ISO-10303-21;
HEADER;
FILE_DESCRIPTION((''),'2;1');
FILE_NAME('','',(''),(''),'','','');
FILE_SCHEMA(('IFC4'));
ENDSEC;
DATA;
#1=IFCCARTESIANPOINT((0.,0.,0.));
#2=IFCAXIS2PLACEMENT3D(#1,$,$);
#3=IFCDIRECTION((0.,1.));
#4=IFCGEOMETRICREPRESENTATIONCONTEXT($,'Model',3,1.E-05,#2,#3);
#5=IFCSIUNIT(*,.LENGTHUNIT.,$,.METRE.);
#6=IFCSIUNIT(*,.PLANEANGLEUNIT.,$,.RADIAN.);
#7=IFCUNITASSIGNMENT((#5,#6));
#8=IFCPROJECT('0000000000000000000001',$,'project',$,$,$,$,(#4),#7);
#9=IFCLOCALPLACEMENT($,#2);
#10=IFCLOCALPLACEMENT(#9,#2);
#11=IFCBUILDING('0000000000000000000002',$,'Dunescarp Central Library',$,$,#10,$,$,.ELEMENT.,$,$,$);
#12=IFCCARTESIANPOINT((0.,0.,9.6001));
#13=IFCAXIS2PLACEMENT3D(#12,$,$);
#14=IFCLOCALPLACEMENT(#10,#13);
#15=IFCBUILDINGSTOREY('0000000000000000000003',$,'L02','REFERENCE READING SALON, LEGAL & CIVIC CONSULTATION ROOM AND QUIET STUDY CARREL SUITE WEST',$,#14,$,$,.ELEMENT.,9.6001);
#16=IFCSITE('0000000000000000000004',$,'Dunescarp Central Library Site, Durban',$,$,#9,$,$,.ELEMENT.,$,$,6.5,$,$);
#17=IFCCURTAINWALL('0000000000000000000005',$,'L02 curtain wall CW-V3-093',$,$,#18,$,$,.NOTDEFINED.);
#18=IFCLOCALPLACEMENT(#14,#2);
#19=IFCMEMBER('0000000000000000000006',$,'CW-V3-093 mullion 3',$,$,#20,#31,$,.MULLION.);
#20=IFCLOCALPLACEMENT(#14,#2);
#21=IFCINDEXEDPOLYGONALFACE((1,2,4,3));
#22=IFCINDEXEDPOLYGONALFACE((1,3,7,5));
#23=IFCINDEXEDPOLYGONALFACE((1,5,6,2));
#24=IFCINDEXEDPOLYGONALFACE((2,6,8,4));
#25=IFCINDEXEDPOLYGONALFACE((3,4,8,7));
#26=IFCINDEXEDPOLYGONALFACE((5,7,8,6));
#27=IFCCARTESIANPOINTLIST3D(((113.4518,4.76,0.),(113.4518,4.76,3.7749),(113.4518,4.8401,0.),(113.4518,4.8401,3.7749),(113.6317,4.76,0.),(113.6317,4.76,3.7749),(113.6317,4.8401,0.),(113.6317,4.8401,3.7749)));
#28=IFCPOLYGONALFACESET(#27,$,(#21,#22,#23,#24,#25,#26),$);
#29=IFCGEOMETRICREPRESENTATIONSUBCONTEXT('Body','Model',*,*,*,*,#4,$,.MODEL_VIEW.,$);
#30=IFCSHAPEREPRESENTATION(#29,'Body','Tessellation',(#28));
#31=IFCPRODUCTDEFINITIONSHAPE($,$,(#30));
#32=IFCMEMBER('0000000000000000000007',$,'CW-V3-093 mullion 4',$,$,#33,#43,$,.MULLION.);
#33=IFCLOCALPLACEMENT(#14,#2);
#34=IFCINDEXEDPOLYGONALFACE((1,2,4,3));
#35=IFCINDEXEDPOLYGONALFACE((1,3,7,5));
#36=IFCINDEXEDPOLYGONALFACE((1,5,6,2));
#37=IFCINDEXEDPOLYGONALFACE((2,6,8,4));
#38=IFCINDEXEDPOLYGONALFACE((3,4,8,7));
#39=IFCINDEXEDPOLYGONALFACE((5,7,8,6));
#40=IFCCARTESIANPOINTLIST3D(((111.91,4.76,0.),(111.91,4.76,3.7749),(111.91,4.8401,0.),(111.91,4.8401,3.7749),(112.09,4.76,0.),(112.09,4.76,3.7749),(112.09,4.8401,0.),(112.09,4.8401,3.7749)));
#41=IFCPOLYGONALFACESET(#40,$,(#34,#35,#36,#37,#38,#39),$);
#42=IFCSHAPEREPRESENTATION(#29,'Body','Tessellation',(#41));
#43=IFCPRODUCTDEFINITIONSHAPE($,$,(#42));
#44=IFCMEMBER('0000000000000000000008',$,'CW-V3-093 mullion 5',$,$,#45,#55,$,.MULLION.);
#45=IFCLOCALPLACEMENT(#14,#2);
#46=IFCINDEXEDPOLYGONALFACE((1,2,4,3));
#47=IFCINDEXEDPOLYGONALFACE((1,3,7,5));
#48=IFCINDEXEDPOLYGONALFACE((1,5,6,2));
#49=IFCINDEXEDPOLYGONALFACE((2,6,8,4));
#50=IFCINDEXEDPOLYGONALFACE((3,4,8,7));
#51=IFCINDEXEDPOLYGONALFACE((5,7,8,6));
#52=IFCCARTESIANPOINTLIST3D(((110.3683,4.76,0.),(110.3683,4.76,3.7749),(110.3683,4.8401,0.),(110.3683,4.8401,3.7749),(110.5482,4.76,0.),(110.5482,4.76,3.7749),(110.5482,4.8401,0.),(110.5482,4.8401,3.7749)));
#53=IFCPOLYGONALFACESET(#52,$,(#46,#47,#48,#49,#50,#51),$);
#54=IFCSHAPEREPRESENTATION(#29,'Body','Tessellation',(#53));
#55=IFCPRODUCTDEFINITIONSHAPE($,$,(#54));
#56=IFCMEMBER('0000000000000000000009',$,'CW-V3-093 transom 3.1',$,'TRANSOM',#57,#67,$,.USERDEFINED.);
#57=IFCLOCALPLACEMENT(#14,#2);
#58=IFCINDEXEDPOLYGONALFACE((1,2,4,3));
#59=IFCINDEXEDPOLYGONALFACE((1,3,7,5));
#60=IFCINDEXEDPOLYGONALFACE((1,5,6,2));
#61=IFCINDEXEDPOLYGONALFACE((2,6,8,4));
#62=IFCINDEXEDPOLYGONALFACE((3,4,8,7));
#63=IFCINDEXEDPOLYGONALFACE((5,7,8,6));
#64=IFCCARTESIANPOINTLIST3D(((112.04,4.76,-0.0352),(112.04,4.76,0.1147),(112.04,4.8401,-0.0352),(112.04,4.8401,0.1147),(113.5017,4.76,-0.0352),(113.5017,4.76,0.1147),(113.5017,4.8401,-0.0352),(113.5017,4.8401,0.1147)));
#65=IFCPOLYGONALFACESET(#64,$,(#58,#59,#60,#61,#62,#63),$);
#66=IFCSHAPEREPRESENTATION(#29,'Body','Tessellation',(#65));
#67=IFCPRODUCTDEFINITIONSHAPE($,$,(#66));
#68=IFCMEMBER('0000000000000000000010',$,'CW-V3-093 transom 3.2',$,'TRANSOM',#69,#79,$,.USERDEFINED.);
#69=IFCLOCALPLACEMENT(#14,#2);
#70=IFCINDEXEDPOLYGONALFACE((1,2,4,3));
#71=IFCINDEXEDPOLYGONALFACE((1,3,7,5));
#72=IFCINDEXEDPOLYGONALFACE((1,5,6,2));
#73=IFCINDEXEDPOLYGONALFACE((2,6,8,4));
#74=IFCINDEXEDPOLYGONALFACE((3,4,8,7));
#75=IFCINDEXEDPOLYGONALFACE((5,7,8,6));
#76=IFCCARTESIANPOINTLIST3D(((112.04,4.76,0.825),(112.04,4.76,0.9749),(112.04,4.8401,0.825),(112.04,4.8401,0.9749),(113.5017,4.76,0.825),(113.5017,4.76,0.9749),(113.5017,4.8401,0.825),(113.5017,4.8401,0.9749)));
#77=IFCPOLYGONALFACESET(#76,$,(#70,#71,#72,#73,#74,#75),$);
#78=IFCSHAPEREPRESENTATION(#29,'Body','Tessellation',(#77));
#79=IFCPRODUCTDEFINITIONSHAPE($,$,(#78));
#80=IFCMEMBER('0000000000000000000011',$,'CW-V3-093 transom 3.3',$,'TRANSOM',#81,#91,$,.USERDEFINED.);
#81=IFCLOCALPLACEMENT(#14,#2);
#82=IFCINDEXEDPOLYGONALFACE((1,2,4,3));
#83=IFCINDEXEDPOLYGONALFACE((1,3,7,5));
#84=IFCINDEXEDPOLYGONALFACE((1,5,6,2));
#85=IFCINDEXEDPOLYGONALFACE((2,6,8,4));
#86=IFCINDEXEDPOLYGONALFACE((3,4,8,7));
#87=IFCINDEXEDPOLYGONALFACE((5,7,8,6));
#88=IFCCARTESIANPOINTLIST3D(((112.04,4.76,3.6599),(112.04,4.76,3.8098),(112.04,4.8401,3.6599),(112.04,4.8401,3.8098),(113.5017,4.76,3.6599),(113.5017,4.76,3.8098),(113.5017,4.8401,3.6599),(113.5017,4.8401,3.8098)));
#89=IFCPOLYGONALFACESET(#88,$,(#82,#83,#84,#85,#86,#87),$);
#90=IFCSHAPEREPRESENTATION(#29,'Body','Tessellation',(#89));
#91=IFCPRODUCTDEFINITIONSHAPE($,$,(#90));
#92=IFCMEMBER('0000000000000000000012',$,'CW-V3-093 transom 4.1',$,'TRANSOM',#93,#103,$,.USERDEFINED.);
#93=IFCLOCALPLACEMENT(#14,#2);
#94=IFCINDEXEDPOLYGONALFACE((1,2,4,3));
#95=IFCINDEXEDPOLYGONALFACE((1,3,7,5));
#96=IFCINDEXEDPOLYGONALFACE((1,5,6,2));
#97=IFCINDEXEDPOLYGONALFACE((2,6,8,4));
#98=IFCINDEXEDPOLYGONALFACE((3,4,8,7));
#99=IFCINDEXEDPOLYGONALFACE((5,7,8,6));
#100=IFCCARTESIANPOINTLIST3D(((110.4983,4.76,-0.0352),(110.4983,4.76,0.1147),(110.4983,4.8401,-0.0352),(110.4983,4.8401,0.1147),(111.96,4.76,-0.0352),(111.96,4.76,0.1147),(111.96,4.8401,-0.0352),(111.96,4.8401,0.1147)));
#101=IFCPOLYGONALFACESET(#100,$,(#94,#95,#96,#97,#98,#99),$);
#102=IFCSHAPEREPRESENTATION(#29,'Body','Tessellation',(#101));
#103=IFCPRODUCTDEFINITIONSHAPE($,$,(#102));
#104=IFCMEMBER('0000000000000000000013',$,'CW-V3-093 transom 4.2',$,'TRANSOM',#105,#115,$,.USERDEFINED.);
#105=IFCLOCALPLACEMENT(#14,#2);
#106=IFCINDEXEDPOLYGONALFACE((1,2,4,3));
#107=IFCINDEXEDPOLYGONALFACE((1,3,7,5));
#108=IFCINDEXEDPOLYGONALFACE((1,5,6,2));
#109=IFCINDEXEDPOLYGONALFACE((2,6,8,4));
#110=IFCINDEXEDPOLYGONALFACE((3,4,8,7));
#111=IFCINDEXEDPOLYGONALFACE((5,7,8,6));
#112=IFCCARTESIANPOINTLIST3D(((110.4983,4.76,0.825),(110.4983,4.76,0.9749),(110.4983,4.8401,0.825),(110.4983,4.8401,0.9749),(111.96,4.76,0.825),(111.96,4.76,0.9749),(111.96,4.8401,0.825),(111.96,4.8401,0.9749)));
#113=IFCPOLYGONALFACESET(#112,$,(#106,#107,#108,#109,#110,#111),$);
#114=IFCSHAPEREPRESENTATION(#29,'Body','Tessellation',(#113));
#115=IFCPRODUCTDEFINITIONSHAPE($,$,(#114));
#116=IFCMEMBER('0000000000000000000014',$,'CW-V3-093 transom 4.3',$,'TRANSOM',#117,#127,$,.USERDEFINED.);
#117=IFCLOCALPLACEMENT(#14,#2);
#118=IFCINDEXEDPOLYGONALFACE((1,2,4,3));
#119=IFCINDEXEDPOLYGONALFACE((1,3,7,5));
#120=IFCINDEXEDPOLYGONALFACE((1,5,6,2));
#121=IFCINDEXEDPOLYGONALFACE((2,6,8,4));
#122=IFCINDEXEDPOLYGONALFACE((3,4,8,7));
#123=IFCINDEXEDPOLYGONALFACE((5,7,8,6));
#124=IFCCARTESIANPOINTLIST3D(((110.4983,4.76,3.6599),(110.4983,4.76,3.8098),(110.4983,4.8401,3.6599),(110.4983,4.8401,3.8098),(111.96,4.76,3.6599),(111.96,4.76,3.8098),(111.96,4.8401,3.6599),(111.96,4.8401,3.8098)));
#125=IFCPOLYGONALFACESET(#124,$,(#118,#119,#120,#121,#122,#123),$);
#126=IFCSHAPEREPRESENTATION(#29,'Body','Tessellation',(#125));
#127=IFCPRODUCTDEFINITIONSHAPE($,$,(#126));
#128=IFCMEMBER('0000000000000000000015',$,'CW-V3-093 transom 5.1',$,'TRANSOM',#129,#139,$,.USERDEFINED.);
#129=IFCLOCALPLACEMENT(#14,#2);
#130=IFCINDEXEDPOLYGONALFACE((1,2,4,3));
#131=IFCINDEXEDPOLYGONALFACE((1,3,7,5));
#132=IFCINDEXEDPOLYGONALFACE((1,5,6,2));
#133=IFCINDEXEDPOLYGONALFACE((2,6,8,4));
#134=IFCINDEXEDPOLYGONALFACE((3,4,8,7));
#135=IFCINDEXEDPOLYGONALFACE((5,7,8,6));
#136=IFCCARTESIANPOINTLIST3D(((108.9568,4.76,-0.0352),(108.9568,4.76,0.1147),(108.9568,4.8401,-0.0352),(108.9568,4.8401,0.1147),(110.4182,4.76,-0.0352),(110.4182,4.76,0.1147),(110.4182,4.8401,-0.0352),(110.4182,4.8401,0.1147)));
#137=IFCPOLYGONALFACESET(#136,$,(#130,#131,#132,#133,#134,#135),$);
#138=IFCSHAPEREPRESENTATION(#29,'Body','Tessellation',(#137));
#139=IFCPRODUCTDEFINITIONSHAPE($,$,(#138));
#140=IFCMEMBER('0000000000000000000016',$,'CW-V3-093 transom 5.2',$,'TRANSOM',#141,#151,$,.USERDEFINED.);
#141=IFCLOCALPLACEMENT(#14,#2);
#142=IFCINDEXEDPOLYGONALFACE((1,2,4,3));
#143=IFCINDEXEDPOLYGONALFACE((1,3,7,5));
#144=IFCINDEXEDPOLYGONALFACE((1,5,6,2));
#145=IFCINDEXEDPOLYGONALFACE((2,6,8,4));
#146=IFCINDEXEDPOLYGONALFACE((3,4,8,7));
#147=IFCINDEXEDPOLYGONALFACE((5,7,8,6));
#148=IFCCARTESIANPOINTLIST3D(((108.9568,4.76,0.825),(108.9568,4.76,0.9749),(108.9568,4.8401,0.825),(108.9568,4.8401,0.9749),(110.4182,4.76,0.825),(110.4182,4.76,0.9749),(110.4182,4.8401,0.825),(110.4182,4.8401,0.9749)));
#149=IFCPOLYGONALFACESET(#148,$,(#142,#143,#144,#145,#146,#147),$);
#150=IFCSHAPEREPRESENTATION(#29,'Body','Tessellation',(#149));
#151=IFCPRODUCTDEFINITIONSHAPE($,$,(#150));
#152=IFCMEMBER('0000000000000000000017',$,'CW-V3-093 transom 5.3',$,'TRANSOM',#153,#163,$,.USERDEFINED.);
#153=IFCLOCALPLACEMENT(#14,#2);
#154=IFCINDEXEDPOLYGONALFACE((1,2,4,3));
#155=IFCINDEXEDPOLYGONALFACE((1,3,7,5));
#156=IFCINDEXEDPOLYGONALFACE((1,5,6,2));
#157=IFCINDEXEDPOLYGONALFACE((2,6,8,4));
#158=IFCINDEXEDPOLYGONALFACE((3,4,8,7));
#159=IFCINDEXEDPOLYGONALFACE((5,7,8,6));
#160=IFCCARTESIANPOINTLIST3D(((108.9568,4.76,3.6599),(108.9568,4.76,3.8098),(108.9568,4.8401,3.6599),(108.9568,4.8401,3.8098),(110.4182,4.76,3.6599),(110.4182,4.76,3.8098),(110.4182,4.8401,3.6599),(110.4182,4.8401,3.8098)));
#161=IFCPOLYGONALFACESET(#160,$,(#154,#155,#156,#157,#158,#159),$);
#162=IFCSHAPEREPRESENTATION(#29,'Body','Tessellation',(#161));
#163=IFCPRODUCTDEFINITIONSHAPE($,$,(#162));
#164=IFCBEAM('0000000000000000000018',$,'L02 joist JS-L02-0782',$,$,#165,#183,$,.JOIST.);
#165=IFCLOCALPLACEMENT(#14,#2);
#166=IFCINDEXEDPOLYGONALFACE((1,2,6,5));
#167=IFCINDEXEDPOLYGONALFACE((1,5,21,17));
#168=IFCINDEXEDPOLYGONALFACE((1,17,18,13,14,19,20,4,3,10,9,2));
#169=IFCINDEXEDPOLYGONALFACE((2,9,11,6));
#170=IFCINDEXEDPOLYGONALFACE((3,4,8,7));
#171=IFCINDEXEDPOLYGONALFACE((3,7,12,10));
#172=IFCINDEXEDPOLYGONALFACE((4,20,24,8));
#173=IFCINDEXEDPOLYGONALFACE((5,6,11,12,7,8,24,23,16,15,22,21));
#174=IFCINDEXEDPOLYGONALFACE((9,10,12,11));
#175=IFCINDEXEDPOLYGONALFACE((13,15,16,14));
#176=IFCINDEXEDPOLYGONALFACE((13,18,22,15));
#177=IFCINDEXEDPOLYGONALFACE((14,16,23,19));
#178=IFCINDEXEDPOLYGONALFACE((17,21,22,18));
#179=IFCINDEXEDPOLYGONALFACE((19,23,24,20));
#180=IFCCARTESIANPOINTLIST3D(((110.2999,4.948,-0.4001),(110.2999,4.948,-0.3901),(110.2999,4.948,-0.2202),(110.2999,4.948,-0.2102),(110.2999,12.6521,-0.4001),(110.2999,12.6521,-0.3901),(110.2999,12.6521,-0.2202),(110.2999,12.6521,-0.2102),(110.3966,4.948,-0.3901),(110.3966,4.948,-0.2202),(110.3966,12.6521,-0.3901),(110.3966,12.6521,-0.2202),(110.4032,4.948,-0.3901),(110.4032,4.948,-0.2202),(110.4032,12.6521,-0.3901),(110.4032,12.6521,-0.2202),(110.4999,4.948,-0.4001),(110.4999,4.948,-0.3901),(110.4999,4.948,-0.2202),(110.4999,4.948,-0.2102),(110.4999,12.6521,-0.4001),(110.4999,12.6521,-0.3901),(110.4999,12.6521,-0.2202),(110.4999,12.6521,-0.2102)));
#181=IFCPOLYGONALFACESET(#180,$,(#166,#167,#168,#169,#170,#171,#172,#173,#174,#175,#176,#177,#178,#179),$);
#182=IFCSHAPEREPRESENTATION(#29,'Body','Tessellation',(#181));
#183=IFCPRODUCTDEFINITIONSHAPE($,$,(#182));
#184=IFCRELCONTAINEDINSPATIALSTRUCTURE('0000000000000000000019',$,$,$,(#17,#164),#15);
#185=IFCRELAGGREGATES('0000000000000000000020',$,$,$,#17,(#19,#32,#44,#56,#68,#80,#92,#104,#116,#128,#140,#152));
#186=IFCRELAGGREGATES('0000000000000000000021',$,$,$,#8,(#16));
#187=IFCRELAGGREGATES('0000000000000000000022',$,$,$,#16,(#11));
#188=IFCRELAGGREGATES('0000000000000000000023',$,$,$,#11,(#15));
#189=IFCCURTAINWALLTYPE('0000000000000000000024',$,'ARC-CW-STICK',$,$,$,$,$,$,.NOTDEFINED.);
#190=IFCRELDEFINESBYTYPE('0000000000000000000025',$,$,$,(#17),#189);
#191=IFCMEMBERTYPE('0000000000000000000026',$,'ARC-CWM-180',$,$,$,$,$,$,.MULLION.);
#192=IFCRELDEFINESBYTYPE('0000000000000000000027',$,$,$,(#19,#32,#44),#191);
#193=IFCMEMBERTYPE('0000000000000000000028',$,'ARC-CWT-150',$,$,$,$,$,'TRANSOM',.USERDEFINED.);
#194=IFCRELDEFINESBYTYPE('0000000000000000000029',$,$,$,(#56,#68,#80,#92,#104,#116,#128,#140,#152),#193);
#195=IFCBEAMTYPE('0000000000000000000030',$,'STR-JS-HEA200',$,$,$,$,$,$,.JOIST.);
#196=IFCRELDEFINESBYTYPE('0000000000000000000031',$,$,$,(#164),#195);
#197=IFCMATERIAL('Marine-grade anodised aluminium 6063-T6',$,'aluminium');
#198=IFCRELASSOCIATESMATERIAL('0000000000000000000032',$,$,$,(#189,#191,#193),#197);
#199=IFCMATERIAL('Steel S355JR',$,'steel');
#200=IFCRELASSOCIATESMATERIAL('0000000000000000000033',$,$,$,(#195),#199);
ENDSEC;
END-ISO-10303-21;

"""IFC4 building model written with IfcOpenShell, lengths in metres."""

from ifc_helpers import new_model, si_unit, direction, frame, origin, origin_2d, place, context, subcontext, project, spatial, rectangle, i_section, extrude, material, material_profile, profile_set, type_object, element, aggregate, save


model = new_model("IFC4")

# Units and contexts
model_context = context("Model", 3, precision=1e-05, world=origin(), true_north=direction((0.0, 1.0)))
body_context = subcontext(model_context, "Body", "Model", "MODEL_VIEW")
ifc_project = project(units=[si_unit("LENGTHUNIT", "METRE"), si_unit("PLANEANGLEUNIT", "RADIAN")], contexts=[model_context])

# Site, building, storey
site_placement = place(None, origin())
site = spatial("IfcSite", under=ifc_project, at=site_placement, Name="Dunescarp Central Library Site, Durban", CompositionType="ELEMENT", RefElevation=6.5)
building_placement = place(site_placement, origin())
building = spatial("IfcBuilding", under=site, at=building_placement, Name="Dunescarp Central Library", CompositionType="ELEMENT")
storey_placement = place(building_placement, frame((0.0, 0.0, 9.6001)))
storey = spatial("IfcBuildingStorey", under=building, at=storey_placement, Name="L02", Description="REFERENCE READING SALON, LEGAL & CIVIC CONSULTATION ROOM AND QUIET STUDY CARREL SUITE WEST", CompositionType="ELEMENT", Elevation=9.6001)

# Curtain wall, members
ifc_material_1 = material(Name="Marine-grade anodised aluminium 6063-T6", Category="aluminium")
curtain_wall_type = type_object("IfcCurtainWallType", Name="ARC-CW-STICK", PredefinedType="NOTDEFINED", material=ifc_material_1)
curtain_wall_placement = place(storey_placement, origin())
curtain_wall = element("IfcCurtainWall", 1, at=curtain_wall_placement, inside=storey, type_object=curtain_wall_type, Name="L02 curtain wall CW-V3-093", PredefinedType="NOTDEFINED")
ifc_material_profile_1 = material_profile(ifc_material_1, rectangle(XDim=0.0801, YDim=0.1799, at=origin_2d()), Name="AL 80x180")
ifc_profile_set_1 = profile_set([ifc_material_profile_1], Name="Marine-grade anodised aluminium 6063-T6")
member_type_1 = type_object("IfcMemberType", Name="ARC-CWM-180", PredefinedType="MULLION", material=ifc_profile_set_1)
member_1_placement = place(storey_placement, frame((113.5417, 4.8, 0.0), z_axis=(0.0, 0.0, 1.0), x_axis=(0.0, -1.0, 0.0)))
member_1 = element("IfcMember", 2, at=member_1_placement, type_object=member_type_1, Name="CW-V3-093 mullion 3", PredefinedType="MULLION", context=body_context, shape_type="SweptSolid", body=[
    extrude(rectangle(XDim=0.0801, YDim=0.1799, at=origin_2d()), origin(), (0.0, 0.0, 1.0), 3.7749),
])
member_2_placement = place(storey_placement, frame((112.0, 4.8, 0.0), z_axis=(0.0, 0.0, 1.0), x_axis=(0.0, -1.0, 0.0)))
member_2 = element("IfcMember", 3, at=member_2_placement, type_object=member_type_1, Name="CW-V3-093 mullion 4", PredefinedType="MULLION", context=body_context, shape_type="SweptSolid", body=[
    extrude(rectangle(XDim=0.0801, YDim=0.1799, at=origin_2d()), origin(), (0.0, 0.0, 1.0), 3.7749),
])
member_3_placement = place(storey_placement, frame((110.4583, 4.8, 0.0), z_axis=(0.0, 0.0, 1.0), x_axis=(0.0, -1.0, 0.0)))
member_3 = element("IfcMember", 4, at=member_3_placement, type_object=member_type_1, Name="CW-V3-093 mullion 5", PredefinedType="MULLION", context=body_context, shape_type="SweptSolid", body=[
    extrude(rectangle(XDim=0.0801, YDim=0.1799, at=origin_2d()), origin(), (0.0, 0.0, 1.0), 3.7749),
])
ifc_material_profile_2 = material_profile(ifc_material_1, rectangle(XDim=0.0801, YDim=0.1499, at=origin_2d()), Name="AL 80x150")
ifc_profile_set_2 = profile_set([ifc_material_profile_2], Name="Marine-grade anodised aluminium 6063-T6")
member_type_2 = type_object("IfcMemberType", Name="ARC-CWT-150", ElementType="TRANSOM", PredefinedType="USERDEFINED", material=ifc_profile_set_2)
member_4_placement = place(storey_placement, frame((113.5017, 4.8, 0.0398), z_axis=(-1.0, 0.0, 0.0), x_axis=(0.0, -1.0, 0.0)))
member_4 = element("IfcMember", 5, at=member_4_placement, type_object=member_type_2, Name="CW-V3-093 transom 3.1", ObjectType="TRANSOM", PredefinedType="USERDEFINED", context=body_context, shape_type="SweptSolid", body=[
    extrude(rectangle(XDim=0.0801, YDim=0.1499, at=origin_2d()), origin(), (0.0, 0.0, 1.0), 1.4617),
])
member_5_placement = place(storey_placement, frame((113.5017, 4.8, 0.8999), z_axis=(-1.0, 0.0, 0.0), x_axis=(0.0, -1.0, 0.0)))
member_5 = element("IfcMember", 6, at=member_5_placement, type_object=member_type_2, Name="CW-V3-093 transom 3.2", ObjectType="TRANSOM", PredefinedType="USERDEFINED", context=body_context, shape_type="SweptSolid", body=[
    extrude(rectangle(XDim=0.0801, YDim=0.1499, at=origin_2d()), origin(), (0.0, 0.0, 1.0), 1.4617),
])
member_6_placement = place(storey_placement, frame((113.5017, 4.8, 3.7349), z_axis=(-1.0, 0.0, 0.0), x_axis=(0.0, -1.0, 0.0)))
member_6 = element("IfcMember", 7, at=member_6_placement, type_object=member_type_2, Name="CW-V3-093 transom 3.3", ObjectType="TRANSOM", PredefinedType="USERDEFINED", context=body_context, shape_type="SweptSolid", body=[
    extrude(rectangle(XDim=0.0801, YDim=0.1499, at=origin_2d()), origin(), (0.0, 0.0, 1.0), 1.4617),
])
member_7_placement = place(storey_placement, frame((111.96, 4.8, 0.0398), z_axis=(-1.0, 0.0, 0.0), x_axis=(0.0, -1.0, 0.0)))
member_7 = element("IfcMember", 8, at=member_7_placement, type_object=member_type_2, Name="CW-V3-093 transom 4.1", ObjectType="TRANSOM", PredefinedType="USERDEFINED", context=body_context, shape_type="SweptSolid", body=[
    extrude(rectangle(XDim=0.0801, YDim=0.1499, at=origin_2d()), origin(), (0.0, 0.0, 1.0), 1.4617),
])
member_8_placement = place(storey_placement, frame((111.96, 4.8, 0.8999), z_axis=(-1.0, 0.0, 0.0), x_axis=(0.0, -1.0, 0.0)))
member_8 = element("IfcMember", 9, at=member_8_placement, type_object=member_type_2, Name="CW-V3-093 transom 4.2", ObjectType="TRANSOM", PredefinedType="USERDEFINED", context=body_context, shape_type="SweptSolid", body=[
    extrude(rectangle(XDim=0.0801, YDim=0.1499, at=origin_2d()), origin(), (0.0, 0.0, 1.0), 1.4617),
])
member_9_placement = place(storey_placement, frame((111.96, 4.8, 3.7349), z_axis=(-1.0, 0.0, 0.0), x_axis=(0.0, -1.0, 0.0)))
member_9 = element("IfcMember", 10, at=member_9_placement, type_object=member_type_2, Name="CW-V3-093 transom 4.3", ObjectType="TRANSOM", PredefinedType="USERDEFINED", context=body_context, shape_type="SweptSolid", body=[
    extrude(rectangle(XDim=0.0801, YDim=0.1499, at=origin_2d()), origin(), (0.0, 0.0, 1.0), 1.4617),
])
member_10_placement = place(storey_placement, frame((110.4182, 4.8, 0.0398), z_axis=(-1.0, 0.0, 0.0), x_axis=(0.0, -1.0, 0.0)))
member_10 = element("IfcMember", 11, at=member_10_placement, type_object=member_type_2, Name="CW-V3-093 transom 5.1", ObjectType="TRANSOM", PredefinedType="USERDEFINED", context=body_context, shape_type="SweptSolid", body=[
    extrude(rectangle(XDim=0.0801, YDim=0.1499, at=origin_2d()), origin(), (0.0, 0.0, 1.0), 1.4614),
])
member_11_placement = place(storey_placement, frame((110.4182, 4.8, 0.8999), z_axis=(-1.0, 0.0, 0.0), x_axis=(0.0, -1.0, 0.0)))
member_11 = element("IfcMember", 12, at=member_11_placement, type_object=member_type_2, Name="CW-V3-093 transom 5.2", ObjectType="TRANSOM", PredefinedType="USERDEFINED", context=body_context, shape_type="SweptSolid", body=[
    extrude(rectangle(XDim=0.0801, YDim=0.1499, at=origin_2d()), origin(), (0.0, 0.0, 1.0), 1.4614),
])
member_12_placement = place(storey_placement, frame((110.4182, 4.8, 3.7349), z_axis=(-1.0, 0.0, 0.0), x_axis=(0.0, -1.0, 0.0)))
member_12 = element("IfcMember", 13, at=member_12_placement, type_object=member_type_2, Name="CW-V3-093 transom 5.3", ObjectType="TRANSOM", PredefinedType="USERDEFINED", context=body_context, shape_type="SweptSolid", body=[
    extrude(rectangle(XDim=0.0801, YDim=0.1499, at=origin_2d()), origin(), (0.0, 0.0, 1.0), 1.4614),
])

# Beam
ifc_material_2 = material(Name="Steel S355JR", Category="steel")
ifc_material_profile_3 = material_profile(ifc_material_2, i_section(OverallWidth=0.2, OverallDepth=0.1899, WebThickness=0.0066, FlangeThickness=0.01, at=origin_2d()), Name="HEA 200")
ifc_profile_set_3 = profile_set([ifc_material_profile_3], Name="Steel S355JR")
beam_type = type_object("IfcBeamType", Name="STR-JS-HEA200", PredefinedType="JOIST", material=ifc_profile_set_3)
for number, where, z_axis, x_axis, name in (
    (14, (110.3999, 4.948, -0.3052), (0.0, 1.0, 0.0), (-1.0, 0.0, 0.0), "L02 joist JS-L02-0782"),
):
    element("IfcBeam", number, at=place(storey_placement, frame(where, z_axis=z_axis, x_axis=x_axis)), inside=storey, type_object=beam_type, Name=name, PredefinedType="JOIST", context=body_context, shape_type="SweptSolid", body=[
        extrude(i_section(OverallWidth=0.2, OverallDepth=0.1899, WebThickness=0.0066, FlangeThickness=0.01, at=origin_2d()), origin(), (0.0, 0.0, 1.0), 7.7041),
    ])

aggregate(curtain_wall, [member_1, member_2, member_3, member_4, member_5, member_6, member_7, member_8, member_9, member_10, member_11, member_12])

save(model, "model.ifc")
